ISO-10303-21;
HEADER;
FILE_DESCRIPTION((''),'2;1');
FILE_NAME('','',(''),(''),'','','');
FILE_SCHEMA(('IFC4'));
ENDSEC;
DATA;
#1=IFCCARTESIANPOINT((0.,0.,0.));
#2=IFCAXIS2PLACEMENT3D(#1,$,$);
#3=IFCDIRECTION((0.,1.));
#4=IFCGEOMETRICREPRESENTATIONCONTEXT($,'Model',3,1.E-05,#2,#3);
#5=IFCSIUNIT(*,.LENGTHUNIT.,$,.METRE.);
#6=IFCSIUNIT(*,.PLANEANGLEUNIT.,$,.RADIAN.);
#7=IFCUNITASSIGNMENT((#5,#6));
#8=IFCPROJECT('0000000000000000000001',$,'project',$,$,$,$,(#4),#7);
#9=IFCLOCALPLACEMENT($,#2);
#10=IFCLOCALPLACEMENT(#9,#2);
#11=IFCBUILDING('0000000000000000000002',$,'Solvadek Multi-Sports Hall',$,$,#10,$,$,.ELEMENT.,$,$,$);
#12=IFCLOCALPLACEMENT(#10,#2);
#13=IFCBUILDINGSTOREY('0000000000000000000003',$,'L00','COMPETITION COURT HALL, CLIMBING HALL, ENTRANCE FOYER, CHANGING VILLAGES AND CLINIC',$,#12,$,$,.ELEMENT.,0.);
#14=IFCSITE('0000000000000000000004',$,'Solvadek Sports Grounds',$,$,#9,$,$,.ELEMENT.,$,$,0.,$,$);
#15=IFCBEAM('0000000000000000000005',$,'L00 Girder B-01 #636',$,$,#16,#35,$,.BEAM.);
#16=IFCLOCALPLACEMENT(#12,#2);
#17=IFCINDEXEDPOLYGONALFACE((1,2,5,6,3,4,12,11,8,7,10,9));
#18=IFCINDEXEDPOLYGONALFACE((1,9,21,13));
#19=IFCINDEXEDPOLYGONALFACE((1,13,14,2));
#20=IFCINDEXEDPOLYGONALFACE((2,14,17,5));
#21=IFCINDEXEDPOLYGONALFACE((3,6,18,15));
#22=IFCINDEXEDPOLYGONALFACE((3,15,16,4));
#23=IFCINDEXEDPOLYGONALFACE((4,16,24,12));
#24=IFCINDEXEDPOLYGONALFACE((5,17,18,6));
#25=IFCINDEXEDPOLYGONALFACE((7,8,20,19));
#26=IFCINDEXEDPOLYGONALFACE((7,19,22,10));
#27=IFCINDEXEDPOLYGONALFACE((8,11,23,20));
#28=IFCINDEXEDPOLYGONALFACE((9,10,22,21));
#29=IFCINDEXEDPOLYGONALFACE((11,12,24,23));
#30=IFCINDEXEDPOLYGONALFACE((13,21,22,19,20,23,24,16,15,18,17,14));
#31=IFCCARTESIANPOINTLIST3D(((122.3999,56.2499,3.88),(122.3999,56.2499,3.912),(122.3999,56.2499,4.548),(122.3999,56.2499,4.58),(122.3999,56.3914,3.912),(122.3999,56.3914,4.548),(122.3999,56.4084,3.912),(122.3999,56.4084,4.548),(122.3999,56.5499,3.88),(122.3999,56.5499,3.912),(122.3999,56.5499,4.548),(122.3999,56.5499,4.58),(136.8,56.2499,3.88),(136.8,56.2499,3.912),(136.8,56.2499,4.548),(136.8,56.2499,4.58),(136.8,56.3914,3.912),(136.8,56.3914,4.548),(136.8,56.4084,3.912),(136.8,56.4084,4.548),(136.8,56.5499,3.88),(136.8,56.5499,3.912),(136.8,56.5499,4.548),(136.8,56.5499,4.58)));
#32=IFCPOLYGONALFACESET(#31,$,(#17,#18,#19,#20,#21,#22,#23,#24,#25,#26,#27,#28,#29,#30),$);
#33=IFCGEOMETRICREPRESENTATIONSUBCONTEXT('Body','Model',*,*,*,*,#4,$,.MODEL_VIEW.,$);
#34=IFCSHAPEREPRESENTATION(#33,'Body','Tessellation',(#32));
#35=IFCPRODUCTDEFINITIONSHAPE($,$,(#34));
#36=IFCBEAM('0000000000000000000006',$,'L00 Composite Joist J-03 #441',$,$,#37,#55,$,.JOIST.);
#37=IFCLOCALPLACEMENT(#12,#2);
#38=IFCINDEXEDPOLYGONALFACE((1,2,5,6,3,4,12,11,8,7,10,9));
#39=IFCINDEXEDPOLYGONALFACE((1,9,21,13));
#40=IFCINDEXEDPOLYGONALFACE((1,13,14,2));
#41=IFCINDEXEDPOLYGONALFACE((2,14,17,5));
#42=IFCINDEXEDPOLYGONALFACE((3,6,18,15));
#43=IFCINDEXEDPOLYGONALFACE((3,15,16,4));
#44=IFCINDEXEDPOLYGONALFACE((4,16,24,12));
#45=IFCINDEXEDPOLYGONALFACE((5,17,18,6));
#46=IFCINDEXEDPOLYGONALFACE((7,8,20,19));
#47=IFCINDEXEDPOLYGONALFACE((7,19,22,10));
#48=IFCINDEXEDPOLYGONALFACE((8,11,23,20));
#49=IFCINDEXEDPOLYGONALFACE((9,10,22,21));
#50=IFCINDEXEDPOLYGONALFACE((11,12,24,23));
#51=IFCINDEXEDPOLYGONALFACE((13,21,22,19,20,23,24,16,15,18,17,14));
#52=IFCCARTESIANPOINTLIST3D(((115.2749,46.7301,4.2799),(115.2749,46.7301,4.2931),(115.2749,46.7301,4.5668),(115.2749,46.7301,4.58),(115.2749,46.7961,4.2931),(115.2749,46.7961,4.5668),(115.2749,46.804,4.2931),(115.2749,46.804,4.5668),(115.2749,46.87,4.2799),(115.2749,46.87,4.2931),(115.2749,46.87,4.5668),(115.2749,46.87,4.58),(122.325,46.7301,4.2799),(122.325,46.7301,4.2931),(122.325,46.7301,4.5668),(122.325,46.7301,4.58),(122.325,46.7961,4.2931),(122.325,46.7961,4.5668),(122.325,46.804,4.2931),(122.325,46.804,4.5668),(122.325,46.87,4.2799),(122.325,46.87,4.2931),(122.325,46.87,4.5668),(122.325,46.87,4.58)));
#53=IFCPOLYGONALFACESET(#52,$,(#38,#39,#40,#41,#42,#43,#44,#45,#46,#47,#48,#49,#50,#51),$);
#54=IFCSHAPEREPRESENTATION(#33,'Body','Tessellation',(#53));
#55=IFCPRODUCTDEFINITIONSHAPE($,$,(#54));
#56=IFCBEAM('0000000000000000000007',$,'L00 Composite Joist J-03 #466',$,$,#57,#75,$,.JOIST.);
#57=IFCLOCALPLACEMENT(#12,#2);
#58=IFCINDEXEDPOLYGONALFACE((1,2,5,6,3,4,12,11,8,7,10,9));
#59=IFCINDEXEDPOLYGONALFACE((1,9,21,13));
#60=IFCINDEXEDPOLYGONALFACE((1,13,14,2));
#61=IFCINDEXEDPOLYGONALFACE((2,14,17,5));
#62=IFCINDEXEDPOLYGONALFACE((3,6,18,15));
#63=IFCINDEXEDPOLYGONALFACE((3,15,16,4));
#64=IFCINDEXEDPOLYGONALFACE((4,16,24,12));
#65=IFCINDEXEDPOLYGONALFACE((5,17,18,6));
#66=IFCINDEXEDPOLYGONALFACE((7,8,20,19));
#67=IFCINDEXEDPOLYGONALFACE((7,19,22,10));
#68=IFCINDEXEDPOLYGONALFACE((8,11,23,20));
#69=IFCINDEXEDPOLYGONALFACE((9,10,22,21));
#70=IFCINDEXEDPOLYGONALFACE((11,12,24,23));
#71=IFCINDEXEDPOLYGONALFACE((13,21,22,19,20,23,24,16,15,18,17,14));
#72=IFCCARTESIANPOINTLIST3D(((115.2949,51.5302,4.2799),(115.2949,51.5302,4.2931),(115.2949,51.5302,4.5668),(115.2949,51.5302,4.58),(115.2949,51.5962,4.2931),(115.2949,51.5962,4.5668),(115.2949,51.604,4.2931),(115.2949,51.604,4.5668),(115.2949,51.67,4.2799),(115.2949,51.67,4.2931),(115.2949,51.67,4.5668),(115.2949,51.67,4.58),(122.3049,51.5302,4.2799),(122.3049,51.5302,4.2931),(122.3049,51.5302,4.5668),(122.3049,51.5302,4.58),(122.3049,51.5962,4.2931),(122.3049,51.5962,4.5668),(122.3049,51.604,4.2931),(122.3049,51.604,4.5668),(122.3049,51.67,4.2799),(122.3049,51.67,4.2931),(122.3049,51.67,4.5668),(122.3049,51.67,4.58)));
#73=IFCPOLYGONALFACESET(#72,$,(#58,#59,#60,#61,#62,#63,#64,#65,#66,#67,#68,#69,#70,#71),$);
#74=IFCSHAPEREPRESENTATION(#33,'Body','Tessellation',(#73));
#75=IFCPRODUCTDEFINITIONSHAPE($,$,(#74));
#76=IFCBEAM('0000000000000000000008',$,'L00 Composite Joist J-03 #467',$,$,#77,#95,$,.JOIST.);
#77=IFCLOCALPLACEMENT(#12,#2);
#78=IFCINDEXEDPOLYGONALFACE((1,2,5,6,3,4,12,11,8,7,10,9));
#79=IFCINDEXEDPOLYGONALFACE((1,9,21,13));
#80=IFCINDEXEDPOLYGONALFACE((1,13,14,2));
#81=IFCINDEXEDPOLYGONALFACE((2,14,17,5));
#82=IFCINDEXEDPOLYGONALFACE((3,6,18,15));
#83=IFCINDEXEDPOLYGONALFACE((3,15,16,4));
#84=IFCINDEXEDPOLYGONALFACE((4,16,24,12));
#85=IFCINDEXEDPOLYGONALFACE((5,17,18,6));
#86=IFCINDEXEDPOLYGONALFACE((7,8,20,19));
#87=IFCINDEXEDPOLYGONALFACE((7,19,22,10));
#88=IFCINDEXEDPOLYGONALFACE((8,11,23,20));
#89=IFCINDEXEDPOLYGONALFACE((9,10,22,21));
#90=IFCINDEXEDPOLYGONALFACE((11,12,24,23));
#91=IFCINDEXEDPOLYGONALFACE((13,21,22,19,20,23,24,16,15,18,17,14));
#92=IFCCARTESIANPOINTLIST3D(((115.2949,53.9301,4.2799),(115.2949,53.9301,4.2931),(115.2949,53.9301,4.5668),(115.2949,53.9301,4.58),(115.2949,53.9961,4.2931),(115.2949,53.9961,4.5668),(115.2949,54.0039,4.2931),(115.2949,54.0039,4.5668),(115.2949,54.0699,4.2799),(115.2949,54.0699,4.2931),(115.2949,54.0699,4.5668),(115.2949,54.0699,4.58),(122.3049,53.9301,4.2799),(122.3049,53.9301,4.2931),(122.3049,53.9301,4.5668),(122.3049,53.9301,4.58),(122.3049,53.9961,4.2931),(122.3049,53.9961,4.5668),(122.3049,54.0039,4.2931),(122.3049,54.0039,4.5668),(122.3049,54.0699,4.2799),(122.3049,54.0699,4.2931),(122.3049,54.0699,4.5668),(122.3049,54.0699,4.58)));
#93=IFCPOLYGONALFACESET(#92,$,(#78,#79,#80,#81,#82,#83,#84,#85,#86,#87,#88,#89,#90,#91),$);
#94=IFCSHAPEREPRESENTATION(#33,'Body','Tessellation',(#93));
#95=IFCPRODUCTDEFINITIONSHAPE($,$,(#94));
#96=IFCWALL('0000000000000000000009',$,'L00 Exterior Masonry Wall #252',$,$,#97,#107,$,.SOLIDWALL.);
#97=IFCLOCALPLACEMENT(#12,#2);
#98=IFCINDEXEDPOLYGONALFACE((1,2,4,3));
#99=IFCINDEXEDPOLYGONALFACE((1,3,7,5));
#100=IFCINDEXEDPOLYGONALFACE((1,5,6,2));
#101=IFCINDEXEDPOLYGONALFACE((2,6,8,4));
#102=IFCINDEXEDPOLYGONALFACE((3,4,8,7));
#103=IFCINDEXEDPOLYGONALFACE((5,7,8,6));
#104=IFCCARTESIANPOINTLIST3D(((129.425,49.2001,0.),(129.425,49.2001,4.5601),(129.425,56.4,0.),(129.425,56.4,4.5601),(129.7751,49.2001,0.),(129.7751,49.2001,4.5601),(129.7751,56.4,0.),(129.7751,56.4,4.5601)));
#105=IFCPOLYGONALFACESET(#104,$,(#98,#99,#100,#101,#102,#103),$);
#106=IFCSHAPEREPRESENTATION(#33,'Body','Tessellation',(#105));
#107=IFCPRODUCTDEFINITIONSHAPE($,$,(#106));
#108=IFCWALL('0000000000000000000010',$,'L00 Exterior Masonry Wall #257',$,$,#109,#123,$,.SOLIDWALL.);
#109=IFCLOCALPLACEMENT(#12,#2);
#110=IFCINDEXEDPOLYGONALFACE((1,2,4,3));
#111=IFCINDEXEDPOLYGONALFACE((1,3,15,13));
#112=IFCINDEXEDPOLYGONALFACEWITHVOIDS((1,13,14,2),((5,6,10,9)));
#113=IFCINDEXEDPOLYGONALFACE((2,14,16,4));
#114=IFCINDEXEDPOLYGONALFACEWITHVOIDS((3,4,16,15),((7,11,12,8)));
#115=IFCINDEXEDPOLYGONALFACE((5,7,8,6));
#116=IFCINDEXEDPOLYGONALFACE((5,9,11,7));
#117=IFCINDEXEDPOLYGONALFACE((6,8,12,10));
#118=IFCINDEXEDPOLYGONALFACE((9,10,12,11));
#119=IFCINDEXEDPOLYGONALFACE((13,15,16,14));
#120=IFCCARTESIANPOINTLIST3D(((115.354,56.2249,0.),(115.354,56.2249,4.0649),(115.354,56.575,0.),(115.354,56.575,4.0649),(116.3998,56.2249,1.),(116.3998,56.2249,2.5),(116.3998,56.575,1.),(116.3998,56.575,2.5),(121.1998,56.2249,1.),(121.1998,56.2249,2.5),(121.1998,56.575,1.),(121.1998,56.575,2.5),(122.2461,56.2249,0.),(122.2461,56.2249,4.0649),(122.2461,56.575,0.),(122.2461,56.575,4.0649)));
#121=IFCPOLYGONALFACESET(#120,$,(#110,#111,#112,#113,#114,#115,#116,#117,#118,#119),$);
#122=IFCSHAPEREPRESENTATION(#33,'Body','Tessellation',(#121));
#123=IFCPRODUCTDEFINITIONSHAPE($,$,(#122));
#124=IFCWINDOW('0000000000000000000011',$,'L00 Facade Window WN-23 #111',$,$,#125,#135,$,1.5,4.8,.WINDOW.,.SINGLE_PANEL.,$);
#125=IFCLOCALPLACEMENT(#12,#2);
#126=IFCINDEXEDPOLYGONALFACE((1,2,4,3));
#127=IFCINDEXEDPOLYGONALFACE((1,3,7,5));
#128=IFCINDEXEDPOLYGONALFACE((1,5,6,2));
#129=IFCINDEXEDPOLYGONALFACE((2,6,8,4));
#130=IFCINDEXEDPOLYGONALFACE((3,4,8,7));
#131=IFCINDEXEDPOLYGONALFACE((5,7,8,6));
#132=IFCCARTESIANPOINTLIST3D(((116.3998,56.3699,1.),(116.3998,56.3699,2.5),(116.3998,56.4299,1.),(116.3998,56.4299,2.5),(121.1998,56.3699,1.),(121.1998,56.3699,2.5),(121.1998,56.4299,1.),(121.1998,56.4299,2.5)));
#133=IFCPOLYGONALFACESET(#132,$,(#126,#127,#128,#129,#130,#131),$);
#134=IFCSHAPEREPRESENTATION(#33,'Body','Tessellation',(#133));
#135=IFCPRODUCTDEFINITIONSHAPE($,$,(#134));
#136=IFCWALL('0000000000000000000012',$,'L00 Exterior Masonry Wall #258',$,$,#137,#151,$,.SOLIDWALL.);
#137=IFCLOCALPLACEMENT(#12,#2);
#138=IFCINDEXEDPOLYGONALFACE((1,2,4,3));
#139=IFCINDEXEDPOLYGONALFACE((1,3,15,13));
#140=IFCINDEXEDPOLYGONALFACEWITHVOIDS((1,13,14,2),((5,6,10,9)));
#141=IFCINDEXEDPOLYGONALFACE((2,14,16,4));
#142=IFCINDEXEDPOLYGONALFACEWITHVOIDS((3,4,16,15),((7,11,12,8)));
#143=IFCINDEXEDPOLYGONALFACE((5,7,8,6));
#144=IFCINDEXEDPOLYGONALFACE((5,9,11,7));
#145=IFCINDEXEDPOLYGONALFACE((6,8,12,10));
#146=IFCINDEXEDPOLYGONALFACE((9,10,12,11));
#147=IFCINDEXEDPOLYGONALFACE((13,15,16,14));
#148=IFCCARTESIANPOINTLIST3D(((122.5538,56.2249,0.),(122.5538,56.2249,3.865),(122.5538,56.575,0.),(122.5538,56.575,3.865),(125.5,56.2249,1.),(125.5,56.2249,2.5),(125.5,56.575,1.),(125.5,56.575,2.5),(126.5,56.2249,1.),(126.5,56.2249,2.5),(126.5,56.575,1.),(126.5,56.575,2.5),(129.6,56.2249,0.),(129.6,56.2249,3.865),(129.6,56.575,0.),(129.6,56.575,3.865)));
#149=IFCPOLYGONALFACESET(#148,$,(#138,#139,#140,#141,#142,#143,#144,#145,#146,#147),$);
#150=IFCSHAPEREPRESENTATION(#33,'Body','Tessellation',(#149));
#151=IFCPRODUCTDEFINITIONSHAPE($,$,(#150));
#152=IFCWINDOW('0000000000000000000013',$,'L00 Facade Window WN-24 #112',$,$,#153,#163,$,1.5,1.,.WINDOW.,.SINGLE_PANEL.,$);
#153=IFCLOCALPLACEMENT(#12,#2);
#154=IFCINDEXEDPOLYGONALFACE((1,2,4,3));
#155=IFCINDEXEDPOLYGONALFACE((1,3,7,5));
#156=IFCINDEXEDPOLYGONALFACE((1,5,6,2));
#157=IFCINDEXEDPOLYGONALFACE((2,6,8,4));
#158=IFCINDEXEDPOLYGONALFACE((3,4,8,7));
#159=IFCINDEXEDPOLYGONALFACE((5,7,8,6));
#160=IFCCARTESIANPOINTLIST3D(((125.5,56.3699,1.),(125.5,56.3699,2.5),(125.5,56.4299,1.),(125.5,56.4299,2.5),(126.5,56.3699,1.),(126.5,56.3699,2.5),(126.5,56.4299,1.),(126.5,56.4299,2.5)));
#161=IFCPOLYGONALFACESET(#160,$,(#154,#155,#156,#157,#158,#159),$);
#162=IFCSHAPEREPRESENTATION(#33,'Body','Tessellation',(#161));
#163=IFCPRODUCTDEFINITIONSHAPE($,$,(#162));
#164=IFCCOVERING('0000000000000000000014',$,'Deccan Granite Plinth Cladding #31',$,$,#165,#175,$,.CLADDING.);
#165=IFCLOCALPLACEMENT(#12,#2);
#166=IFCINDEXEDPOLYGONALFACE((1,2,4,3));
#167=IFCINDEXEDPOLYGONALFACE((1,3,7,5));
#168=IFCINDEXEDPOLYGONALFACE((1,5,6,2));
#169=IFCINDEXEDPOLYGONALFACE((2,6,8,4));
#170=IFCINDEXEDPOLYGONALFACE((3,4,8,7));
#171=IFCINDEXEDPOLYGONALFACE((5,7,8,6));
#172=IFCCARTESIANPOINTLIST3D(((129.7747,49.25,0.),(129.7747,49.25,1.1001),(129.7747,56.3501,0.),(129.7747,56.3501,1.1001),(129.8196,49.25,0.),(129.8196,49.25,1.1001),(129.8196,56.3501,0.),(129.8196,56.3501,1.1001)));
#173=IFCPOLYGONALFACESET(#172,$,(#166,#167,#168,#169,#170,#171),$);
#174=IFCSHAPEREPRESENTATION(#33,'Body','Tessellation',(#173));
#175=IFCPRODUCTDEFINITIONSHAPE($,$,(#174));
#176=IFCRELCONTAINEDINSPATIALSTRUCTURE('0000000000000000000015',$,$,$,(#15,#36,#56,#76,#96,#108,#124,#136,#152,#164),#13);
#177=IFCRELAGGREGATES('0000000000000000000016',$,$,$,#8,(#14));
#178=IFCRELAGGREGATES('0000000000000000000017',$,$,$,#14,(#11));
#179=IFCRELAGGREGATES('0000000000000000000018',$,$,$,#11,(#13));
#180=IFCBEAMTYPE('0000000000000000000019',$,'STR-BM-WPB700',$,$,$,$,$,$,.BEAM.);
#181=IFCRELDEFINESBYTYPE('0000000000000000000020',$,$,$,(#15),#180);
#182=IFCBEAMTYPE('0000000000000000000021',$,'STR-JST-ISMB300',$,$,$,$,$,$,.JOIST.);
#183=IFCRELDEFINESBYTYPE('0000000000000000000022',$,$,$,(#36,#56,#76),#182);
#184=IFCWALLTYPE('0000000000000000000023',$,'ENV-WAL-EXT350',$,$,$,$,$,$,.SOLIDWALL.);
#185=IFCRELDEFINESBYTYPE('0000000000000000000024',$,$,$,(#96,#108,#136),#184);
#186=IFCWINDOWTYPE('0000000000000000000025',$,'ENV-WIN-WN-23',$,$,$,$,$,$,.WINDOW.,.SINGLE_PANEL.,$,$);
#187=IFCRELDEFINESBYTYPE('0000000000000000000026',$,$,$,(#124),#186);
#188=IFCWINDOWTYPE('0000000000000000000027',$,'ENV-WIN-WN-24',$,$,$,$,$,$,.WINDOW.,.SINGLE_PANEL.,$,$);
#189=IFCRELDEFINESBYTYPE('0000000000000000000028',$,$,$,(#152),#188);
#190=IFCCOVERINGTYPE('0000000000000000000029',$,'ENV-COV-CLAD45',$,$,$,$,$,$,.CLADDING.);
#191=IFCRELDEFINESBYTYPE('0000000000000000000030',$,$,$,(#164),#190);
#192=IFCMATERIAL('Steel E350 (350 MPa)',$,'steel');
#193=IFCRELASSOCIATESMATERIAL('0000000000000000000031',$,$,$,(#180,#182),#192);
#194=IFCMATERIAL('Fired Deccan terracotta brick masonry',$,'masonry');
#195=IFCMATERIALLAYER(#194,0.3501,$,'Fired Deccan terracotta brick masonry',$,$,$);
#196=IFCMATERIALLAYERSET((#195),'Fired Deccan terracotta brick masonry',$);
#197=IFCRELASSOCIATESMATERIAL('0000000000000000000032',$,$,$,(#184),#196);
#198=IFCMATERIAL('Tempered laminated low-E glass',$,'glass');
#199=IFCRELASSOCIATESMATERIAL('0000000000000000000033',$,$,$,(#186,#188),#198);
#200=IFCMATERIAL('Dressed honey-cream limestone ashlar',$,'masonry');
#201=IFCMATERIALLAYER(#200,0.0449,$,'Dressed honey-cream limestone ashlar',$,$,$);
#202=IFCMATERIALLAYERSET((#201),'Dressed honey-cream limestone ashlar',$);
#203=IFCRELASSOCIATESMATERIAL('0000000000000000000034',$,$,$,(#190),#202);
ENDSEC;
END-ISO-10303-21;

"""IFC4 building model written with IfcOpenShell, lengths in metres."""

from ifc_helpers import new_model, si_unit, direction, frame, frame_2d, origin, origin_2d, place, context, subcontext, project, spatial, rectangle, i_section, extrude, material, layer, layer_set, material_profile, profile_set, type_object, element, fill, save


model = new_model("IFC4")

# Units and contexts
model_context = context("Model", 3, precision=1e-05, world=origin(), true_north=direction((0.0, 1.0)))
body_context = subcontext(model_context, "Body", "Model", "MODEL_VIEW")
ifc_project = project(units=[si_unit("LENGTHUNIT", "METRE"), si_unit("PLANEANGLEUNIT", "RADIAN")], contexts=[model_context])

# Site, building, storey
site_placement = place(None, origin())
site = spatial("IfcSite", under=ifc_project, at=site_placement, Name="Solvadek Sports Grounds", CompositionType="ELEMENT", RefElevation=0.0)
building_placement = place(site_placement, origin())
building = spatial("IfcBuilding", under=site, at=building_placement, Name="Solvadek Multi-Sports Hall", CompositionType="ELEMENT")
storey_placement = place(building_placement, origin())
storey = spatial("IfcBuildingStorey", under=building, at=storey_placement, Name="L00", Description="COMPETITION COURT HALL, CLIMBING HALL, ENTRANCE FOYER, CHANGING VILLAGES AND CLINIC", CompositionType="ELEMENT", Elevation=0.0)

# Shared definitions
ifc_material_1 = material(Name="Steel E350 (350 MPa)", Category="steel")

# Beams
ifc_material_profile_1 = material_profile(ifc_material_1, i_section(OverallWidth=0.3, OverallDepth=0.7, WebThickness=0.0171, FlangeThickness=0.032, at=origin_2d()), Name="WPB 700")
ifc_profile_set_1 = profile_set([ifc_material_profile_1], Name="Steel E350 (350 MPa)")
beam_type_1 = type_object("IfcBeamType", Name="STR-BM-WPB700", PredefinedType="BEAM", material=ifc_profile_set_1)
for number, where, z_axis, x_axis, name in (
    (1, (122.3999, 56.3999, 4.23), (1.0, 0.0, 0.0), (0.0, 1.0, 0.0), "L00 Girder B-01 #636"),
):
    element("IfcBeam", number, at=place(storey_placement, frame(where, z_axis=z_axis, x_axis=x_axis)), inside=storey, type_object=beam_type_1, Name=name, PredefinedType="BEAM", context=body_context, shape_type="SweptSolid", body=[
        extrude(i_section(OverallWidth=0.3, OverallDepth=0.7, WebThickness=0.0171, FlangeThickness=0.032, at=origin_2d()), origin(), (0.0, 0.0, 1.0), 14.4001),
    ])
ifc_material_profile_2 = material_profile(ifc_material_1, i_section(OverallWidth=0.1399, OverallDepth=0.3, WebThickness=0.0078, FlangeThickness=0.0132, at=origin_2d()), Name="ISMB 300")
ifc_profile_set_2 = profile_set([ifc_material_profile_2], Name="Steel E350 (350 MPa)")
beam_type_2 = type_object("IfcBeamType", Name="STR-JST-ISMB300", PredefinedType="JOIST", material=ifc_profile_set_2)
beam_placement = place(storey_placement, frame((115.2749, 46.8, 4.4299), z_axis=(1.0, 0.0, 0.0), x_axis=(0.0, 1.0, 0.0)))
element("IfcBeam", 2, at=beam_placement, inside=storey, type_object=beam_type_2, Name="L00 Composite Joist J-03 #441", PredefinedType="JOIST", context=body_context, shape_type="SweptSolid", body=[
    extrude(i_section(OverallWidth=0.1399, OverallDepth=0.3, WebThickness=0.0078, FlangeThickness=0.0132, at=origin_2d()), origin(), (0.0, 0.0, 1.0), 7.05),
])
for number, where, z_axis, x_axis, name in (
    (3, (115.2949, 51.6001, 4.4299), (1.0, 0.0, 0.0), (0.0, 1.0, 0.0), "L00 Composite Joist J-03 #466"),
    (4, (115.2949, 54.0, 4.4299), (1.0, 0.0, 0.0), (0.0, 1.0, 0.0), "L00 Composite Joist J-03 #467"),
):
    element("IfcBeam", number, at=place(storey_placement, frame(where, z_axis=z_axis, x_axis=x_axis)), inside=storey, type_object=beam_type_2, Name=name, PredefinedType="JOIST", context=body_context, shape_type="SweptSolid", body=[
        extrude(i_section(OverallWidth=0.1399, OverallDepth=0.3, WebThickness=0.0078, FlangeThickness=0.0132, at=origin_2d()), origin(), (0.0, 0.0, 1.0), 7.01),
    ])

# Wall
ifc_material_2 = material(Name="Fired Deccan terracotta brick masonry", Category="masonry")
ifc_layer_1 = layer(ifc_material_2, 0.3501, Name="Fired Deccan terracotta brick masonry")
ifc_layer_set_1 = layer_set([ifc_layer_1], Name="Fired Deccan terracotta brick masonry")
wall_type = type_object("IfcWallType", Name="ENV-WAL-EXT350", PredefinedType="SOLIDWALL", material=ifc_layer_set_1)
wall_1_placement = place(storey_placement, frame((129.6001, 49.2, 0.0), z_axis=(0.0, 0.0, 1.0), x_axis=(0.0, 1.0, 0.0)))
element("IfcWall", 5, at=wall_1_placement, inside=storey, type_object=wall_type, Name="L00 Exterior Masonry Wall #252", PredefinedType="SOLIDWALL", context=body_context, shape_type="SweptSolid", body=[
    extrude(rectangle(XDim=7.2, YDim=0.3501, at=frame_2d((3.6001, 0.0))), origin(), (0.0, 0.0, 1.0), 4.5601),
])

# Walls, openings, windows
wall_2_placement = place(storey_placement, frame((115.354, 56.3999, 0.0), z_axis=(0.0, 0.0, 1.0), x_axis=(1.0, 0.0, 0.0)))
wall_2 = element("IfcWall", 6, at=wall_2_placement, inside=storey, type_object=wall_type, Name="L00 Exterior Masonry Wall #257", PredefinedType="SOLIDWALL", context=body_context, shape_type="SweptSolid", body=[
    extrude(rectangle(XDim=6.8921, YDim=0.3501, at=frame_2d((3.446, 0.0))), origin(), (0.0, 0.0, 1.0), 4.0649),
])
opening_1_placement = place(wall_2_placement, frame((1.0459, 0.0, 1.0)))
opening_1 = element("IfcOpeningElement", 7, at=opening_1_placement, cuts=wall_2, PredefinedType="OPENING", context=body_context, shape_type="SweptSolid", body=[
    extrude(rectangle(XDim=4.8, YDim=1.5, at=frame_2d((2.3999, 0.75))), frame((0.0, 0.1851, 0.0), z_axis=(0.0, -1.0, 0.0), x_axis=(1.0, 0.0, 0.0)), (0.0, 0.0, 1.0), 0.3701),
])
ifc_material_3 = material(Name="Tempered laminated low-E glass", Category="glass")
window_type_1 = type_object("IfcWindowType", Name="ENV-WIN-WN-23", PartitioningType="SINGLE_PANEL", PredefinedType="WINDOW", material=ifc_material_3)
window_1_placement = place(opening_1_placement, origin())
window_1 = element("IfcWindow", 8, at=window_1_placement, inside=storey, type_object=window_type_1, Name="L00 Facade Window WN-23 #111", OverallHeight=1.5, OverallWidth=4.8, PartitioningType="SINGLE_PANEL", PredefinedType="WINDOW", context=body_context, shape_type="SweptSolid", body=[
    extrude(rectangle(XDim=4.8, YDim=1.5, at=frame_2d((2.3999, 0.75))), frame((0.0, 0.03, 0.0), z_axis=(0.0, -1.0, 0.0), x_axis=(1.0, 0.0, 0.0)), (0.0, 0.0, 1.0), 0.0601),
])
fill(opening_1, window_1)
wall_3_placement = place(storey_placement, frame((122.554, 56.3999, 0.0), z_axis=(0.0, 0.0, 1.0), x_axis=(1.0, 0.0, 0.0)))
wall_3 = element("IfcWall", 9, at=wall_3_placement, inside=storey, type_object=wall_type, Name="L00 Exterior Masonry Wall #258", PredefinedType="SOLIDWALL", context=body_context, shape_type="SweptSolid", body=[
    extrude(rectangle(XDim=7.0461, YDim=0.3501, at=frame_2d((3.5229, 0.0))), origin(), (0.0, 0.0, 1.0), 3.865),
])
opening_2_placement = place(wall_3_placement, frame((2.946, 0.0, 1.0)))
opening_2 = element("IfcOpeningElement", 10, at=opening_2_placement, cuts=wall_3, PredefinedType="OPENING", context=body_context, shape_type="SweptSolid", body=[
    extrude(rectangle(XDim=1.0, YDim=1.5, at=frame_2d((0.5, 0.75))), frame((0.0, 0.1851, 0.0), z_axis=(0.0, -1.0, 0.0), x_axis=(1.0, 0.0, 0.0)), (0.0, 0.0, 1.0), 0.3701),
])
window_type_2 = type_object("IfcWindowType", Name="ENV-WIN-WN-24", PartitioningType="SINGLE_PANEL", PredefinedType="WINDOW", material=ifc_material_3)
window_2_placement = place(opening_2_placement, origin())
window_2 = element("IfcWindow", 11, at=window_2_placement, inside=storey, type_object=window_type_2, Name="L00 Facade Window WN-24 #112", OverallHeight=1.5, OverallWidth=1.0, PartitioningType="SINGLE_PANEL", PredefinedType="WINDOW", context=body_context, shape_type="SweptSolid", body=[
    extrude(rectangle(XDim=1.0, YDim=1.5, at=frame_2d((0.5, 0.75))), frame((0.0, 0.03, 0.0), z_axis=(0.0, -1.0, 0.0), x_axis=(1.0, 0.0, 0.0)), (0.0, 0.0, 1.0), 0.0601),
])
fill(opening_2, window_2)

# Covering
ifc_material_4 = material(Name="Dressed honey-cream limestone ashlar", Category="masonry")
ifc_layer_2 = layer(ifc_material_4, 0.0449, Name="Dressed honey-cream limestone ashlar")
ifc_layer_set_2 = layer_set([ifc_layer_2], Name="Dressed honey-cream limestone ashlar")
covering_type = type_object("IfcCoveringType", Name="ENV-COV-CLAD45", PredefinedType="CLADDING", material=ifc_layer_set_2)
covering_1_placement = place(storey_placement, frame((129.7971, 52.8, 0.0), z_axis=(0.0, 0.0, 1.0), x_axis=(0.0, 1.0, 0.0)))
element("IfcCovering", 12, at=covering_1_placement, inside=storey, type_object=covering_type, Name="Deccan Granite Plinth Cladding #31", PredefinedType="CLADDING", context=body_context, shape_type="SweptSolid", body=[
    extrude(rectangle(XDim=7.1001, YDim=0.0449, at=origin_2d()), origin(), (0.0, 0.0, 1.0), 1.1001),
])

save(model, "model.ifc")
